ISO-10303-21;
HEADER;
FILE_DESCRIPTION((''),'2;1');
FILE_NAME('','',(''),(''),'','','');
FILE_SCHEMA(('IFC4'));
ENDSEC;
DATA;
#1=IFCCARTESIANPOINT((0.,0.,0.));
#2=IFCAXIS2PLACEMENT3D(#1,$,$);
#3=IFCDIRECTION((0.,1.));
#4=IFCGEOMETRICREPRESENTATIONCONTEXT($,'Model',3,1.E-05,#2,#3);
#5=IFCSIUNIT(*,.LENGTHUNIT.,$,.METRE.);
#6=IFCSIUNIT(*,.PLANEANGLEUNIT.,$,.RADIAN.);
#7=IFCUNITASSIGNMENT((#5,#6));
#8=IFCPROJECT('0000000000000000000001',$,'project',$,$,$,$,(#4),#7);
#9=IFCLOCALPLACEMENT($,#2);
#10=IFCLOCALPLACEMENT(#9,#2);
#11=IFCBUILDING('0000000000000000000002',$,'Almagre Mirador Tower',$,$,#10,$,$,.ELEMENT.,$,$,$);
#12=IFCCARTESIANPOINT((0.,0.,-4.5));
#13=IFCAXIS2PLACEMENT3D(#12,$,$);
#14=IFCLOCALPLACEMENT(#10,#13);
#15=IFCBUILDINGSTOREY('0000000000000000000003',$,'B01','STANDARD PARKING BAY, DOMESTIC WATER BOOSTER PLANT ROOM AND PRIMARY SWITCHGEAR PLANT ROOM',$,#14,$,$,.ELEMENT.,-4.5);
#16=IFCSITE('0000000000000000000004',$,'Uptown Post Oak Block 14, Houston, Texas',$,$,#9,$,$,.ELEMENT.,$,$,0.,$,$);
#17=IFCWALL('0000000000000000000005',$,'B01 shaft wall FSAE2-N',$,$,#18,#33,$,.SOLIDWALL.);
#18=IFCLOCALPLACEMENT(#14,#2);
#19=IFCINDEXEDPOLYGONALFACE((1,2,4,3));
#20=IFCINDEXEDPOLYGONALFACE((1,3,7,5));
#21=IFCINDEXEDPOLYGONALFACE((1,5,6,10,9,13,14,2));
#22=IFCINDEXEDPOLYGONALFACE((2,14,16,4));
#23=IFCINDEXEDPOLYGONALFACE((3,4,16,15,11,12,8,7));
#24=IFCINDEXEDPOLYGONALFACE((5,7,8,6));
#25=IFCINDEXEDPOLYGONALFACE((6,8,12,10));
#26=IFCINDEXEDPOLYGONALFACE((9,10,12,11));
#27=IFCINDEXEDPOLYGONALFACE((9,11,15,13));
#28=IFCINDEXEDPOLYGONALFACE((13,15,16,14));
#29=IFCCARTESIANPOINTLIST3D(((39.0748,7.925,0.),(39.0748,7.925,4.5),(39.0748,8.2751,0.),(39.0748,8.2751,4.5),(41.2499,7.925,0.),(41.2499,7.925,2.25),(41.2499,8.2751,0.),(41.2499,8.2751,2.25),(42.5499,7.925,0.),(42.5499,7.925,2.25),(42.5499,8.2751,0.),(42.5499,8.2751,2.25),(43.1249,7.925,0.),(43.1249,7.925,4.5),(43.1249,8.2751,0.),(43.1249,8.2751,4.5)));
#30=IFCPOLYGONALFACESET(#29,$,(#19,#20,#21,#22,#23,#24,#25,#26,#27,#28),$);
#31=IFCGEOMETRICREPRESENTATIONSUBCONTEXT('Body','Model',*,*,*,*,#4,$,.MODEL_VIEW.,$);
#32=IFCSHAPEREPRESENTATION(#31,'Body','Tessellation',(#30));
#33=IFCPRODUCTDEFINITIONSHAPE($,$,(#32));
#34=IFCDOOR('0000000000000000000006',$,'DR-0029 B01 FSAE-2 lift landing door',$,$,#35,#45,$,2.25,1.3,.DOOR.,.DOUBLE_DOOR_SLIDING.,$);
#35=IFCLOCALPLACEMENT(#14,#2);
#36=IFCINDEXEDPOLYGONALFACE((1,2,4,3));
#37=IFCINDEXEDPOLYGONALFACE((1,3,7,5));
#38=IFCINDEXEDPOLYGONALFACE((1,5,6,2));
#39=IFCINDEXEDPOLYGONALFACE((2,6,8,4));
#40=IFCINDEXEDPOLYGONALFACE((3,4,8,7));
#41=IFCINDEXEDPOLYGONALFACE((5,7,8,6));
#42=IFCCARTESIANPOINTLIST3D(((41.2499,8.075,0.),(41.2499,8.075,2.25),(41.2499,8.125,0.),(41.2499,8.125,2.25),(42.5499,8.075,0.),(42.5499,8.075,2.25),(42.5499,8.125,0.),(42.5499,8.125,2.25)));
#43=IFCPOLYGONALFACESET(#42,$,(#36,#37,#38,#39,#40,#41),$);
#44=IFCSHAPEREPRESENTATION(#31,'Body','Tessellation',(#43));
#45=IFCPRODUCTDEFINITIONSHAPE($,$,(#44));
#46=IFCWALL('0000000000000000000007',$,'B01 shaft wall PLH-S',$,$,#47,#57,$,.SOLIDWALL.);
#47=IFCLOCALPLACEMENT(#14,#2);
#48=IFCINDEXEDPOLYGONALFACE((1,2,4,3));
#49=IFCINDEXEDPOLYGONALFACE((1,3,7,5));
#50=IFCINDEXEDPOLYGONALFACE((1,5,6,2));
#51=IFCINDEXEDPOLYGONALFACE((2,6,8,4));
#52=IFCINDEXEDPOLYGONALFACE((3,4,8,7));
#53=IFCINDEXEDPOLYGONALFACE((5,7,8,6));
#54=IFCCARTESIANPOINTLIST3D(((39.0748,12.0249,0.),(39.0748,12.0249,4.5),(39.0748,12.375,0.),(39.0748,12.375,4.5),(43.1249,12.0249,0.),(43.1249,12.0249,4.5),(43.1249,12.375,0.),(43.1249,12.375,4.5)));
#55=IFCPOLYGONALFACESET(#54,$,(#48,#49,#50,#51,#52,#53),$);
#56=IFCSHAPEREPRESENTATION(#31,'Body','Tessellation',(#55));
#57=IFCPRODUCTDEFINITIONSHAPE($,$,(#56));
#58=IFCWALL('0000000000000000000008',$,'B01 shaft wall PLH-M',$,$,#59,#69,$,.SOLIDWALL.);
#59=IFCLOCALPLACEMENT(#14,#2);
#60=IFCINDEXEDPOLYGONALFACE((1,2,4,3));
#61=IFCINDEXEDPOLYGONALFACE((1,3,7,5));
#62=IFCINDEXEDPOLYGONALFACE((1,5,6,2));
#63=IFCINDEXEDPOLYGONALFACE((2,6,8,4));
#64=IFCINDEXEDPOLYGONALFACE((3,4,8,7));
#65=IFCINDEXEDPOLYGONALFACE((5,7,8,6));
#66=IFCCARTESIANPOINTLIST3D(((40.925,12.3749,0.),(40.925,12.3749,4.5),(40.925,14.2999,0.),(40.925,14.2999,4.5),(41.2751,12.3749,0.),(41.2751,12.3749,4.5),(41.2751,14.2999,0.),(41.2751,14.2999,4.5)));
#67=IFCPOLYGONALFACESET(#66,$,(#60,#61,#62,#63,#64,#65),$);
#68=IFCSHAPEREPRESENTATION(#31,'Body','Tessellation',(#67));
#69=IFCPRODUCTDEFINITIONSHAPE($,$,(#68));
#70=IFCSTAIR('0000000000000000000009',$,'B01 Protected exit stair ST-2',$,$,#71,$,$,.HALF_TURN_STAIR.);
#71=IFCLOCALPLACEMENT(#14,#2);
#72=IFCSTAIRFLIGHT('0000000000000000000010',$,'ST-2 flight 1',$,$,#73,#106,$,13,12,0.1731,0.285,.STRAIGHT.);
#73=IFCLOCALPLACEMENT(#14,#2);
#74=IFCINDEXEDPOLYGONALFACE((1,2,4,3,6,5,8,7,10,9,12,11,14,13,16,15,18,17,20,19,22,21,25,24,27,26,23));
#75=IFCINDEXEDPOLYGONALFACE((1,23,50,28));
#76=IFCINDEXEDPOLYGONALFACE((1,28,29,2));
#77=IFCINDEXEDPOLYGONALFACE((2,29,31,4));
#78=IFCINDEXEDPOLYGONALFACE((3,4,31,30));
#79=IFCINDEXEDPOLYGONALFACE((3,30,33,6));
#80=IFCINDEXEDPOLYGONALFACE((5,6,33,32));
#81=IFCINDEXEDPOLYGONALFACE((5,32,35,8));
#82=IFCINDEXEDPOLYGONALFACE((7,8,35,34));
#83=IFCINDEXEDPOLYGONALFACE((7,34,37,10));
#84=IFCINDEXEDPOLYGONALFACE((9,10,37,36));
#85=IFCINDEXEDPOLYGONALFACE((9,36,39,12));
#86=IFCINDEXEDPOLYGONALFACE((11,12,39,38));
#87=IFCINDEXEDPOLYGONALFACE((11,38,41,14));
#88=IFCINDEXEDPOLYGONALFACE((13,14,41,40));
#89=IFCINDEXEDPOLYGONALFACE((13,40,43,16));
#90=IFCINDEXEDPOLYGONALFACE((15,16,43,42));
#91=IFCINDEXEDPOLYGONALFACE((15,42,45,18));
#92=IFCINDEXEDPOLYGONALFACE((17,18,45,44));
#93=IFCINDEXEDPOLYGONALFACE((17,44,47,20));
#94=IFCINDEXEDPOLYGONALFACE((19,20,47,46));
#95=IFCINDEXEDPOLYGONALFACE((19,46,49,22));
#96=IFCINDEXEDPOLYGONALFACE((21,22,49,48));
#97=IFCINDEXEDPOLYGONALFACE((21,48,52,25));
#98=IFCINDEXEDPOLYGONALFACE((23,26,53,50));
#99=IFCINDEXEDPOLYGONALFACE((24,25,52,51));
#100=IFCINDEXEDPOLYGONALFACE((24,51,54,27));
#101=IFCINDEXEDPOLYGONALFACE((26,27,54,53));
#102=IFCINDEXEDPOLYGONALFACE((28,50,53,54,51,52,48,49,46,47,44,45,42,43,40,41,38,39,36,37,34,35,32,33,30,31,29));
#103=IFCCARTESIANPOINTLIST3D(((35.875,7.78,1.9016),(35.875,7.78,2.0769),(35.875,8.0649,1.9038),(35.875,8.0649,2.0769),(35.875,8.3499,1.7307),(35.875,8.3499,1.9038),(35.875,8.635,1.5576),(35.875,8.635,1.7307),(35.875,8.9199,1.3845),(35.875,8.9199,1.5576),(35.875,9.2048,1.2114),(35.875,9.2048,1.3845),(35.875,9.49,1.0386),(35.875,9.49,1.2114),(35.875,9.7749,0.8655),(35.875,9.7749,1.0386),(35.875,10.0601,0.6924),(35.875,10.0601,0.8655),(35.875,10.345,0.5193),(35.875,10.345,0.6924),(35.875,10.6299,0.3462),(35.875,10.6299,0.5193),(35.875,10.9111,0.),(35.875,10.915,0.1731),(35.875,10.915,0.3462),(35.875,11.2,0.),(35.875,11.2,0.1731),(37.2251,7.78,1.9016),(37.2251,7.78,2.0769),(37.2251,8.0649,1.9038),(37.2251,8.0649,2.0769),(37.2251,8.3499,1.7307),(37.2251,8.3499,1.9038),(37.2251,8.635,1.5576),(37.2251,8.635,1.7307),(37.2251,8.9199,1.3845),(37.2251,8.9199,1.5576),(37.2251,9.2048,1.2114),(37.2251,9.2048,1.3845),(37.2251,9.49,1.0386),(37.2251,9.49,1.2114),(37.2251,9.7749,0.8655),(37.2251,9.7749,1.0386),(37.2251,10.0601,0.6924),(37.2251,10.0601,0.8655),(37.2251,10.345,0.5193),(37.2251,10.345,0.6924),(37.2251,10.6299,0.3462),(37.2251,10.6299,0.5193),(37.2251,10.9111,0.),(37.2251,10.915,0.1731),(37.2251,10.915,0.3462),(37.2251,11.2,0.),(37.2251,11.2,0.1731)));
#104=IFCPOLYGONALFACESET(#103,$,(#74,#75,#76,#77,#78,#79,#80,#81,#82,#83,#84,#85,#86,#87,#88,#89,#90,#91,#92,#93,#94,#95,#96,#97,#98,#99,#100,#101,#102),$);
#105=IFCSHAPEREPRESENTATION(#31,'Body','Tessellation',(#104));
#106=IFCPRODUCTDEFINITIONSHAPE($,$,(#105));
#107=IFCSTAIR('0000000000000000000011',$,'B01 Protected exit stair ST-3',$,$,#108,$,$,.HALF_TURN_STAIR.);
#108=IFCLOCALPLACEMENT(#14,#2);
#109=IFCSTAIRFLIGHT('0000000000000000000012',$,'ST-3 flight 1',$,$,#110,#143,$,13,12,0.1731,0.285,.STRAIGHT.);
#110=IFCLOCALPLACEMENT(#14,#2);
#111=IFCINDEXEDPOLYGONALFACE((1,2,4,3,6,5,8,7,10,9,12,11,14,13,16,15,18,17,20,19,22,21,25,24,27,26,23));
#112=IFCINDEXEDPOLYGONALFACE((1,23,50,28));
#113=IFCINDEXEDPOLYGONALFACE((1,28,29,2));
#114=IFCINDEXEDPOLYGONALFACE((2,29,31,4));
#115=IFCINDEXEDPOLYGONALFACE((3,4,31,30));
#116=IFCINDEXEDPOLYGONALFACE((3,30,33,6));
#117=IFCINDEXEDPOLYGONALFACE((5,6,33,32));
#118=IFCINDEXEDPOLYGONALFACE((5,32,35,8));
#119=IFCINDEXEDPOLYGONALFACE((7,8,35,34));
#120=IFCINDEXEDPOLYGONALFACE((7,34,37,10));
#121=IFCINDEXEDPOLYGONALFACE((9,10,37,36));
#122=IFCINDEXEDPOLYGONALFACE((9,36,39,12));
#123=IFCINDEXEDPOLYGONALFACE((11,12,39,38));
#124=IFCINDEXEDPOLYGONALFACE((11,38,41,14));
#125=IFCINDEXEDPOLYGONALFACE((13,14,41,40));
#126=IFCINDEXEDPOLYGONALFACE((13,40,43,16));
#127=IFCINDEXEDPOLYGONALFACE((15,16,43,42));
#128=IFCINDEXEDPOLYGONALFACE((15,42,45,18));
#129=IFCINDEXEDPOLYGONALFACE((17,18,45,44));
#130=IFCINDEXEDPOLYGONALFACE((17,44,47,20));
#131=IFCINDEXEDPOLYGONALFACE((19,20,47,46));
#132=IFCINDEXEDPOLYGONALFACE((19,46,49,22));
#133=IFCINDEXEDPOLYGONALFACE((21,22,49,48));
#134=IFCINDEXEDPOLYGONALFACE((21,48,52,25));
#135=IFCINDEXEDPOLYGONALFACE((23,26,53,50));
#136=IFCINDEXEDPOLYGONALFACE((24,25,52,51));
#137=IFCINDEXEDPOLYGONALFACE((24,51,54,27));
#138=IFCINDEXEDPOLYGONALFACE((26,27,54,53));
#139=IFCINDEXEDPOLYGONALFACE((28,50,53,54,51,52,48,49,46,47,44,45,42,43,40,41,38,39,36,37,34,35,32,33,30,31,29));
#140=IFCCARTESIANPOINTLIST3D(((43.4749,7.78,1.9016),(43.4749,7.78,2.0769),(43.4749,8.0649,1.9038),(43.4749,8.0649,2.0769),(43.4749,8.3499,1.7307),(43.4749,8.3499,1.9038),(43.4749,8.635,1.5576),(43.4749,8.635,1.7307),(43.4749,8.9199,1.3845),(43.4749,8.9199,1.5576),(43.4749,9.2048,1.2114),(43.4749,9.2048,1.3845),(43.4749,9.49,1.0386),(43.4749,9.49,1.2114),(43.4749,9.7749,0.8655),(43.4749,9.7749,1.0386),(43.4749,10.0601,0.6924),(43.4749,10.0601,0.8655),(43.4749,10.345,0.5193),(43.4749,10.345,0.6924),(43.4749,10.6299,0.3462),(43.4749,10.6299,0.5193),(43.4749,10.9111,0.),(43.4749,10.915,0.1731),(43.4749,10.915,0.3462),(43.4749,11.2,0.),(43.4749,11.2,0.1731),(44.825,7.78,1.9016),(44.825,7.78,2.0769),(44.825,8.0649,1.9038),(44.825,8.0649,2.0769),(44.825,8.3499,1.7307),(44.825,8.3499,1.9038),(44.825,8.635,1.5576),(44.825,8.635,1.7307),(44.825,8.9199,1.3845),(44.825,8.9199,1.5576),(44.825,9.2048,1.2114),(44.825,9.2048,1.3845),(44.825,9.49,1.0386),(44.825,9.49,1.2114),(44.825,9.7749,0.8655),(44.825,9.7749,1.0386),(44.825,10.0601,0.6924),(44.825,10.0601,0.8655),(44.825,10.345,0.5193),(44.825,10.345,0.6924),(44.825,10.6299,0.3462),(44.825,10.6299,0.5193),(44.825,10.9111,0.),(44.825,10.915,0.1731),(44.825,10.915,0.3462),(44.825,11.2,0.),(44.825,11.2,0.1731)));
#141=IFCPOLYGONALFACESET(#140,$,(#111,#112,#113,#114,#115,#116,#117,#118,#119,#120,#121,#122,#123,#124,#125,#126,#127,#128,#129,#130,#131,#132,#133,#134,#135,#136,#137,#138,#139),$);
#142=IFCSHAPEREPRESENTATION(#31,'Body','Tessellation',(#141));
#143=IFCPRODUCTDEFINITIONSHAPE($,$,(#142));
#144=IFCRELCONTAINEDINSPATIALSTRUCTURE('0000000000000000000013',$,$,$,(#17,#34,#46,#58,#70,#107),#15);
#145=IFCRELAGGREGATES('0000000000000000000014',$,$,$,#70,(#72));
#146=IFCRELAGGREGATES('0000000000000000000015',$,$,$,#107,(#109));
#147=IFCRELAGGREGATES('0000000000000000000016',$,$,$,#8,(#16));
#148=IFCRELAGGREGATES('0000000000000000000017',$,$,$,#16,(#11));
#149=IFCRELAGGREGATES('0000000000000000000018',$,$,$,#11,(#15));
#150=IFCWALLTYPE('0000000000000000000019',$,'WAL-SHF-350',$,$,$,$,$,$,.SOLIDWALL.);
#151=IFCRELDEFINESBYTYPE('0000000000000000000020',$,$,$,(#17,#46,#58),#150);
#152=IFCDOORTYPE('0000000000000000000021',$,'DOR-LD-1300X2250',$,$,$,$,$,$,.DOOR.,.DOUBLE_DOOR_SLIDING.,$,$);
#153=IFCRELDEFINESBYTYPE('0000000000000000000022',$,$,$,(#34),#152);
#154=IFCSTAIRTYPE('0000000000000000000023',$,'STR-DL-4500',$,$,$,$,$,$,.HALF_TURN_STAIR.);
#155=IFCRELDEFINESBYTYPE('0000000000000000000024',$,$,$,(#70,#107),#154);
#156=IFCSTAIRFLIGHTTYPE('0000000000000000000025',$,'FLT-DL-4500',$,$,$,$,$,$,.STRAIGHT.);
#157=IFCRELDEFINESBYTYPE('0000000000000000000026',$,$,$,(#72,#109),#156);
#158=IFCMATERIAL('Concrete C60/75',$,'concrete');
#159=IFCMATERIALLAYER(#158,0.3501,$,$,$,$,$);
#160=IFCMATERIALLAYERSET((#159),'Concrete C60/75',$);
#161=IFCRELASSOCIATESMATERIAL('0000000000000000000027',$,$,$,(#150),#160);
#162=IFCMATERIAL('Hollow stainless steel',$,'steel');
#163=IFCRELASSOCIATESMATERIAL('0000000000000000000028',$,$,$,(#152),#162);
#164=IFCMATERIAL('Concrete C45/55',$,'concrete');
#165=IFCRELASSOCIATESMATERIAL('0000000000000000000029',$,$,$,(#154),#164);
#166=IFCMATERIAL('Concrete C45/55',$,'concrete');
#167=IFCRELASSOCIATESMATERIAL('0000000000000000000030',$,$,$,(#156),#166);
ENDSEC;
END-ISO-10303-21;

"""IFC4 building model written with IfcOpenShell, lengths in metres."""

from ifc_helpers import new_model, si_unit, direction, frame, frame_2d, origin, place, context, subcontext, project, spatial, polyline, rectangle, outline, extrude, material, layer, layer_set, type_object, element, fill, aggregate, save


model = new_model("IFC4")

# Units and contexts
model_context = context("Model", 3, precision=1e-05, world=origin(), true_north=direction((0.0, 1.0)))
body_context = subcontext(model_context, "Body", "Model", "MODEL_VIEW")
ifc_project = project(units=[si_unit("LENGTHUNIT", "METRE"), si_unit("PLANEANGLEUNIT", "RADIAN")], contexts=[model_context])

# Site, building, storey
site_placement = place(None, origin())
site = spatial("IfcSite", under=ifc_project, at=site_placement, Name="Uptown Post Oak Block 14, Houston, Texas", CompositionType="ELEMENT", RefElevation=0.0)
building_placement = place(site_placement, origin())
building = spatial("IfcBuilding", under=site, at=building_placement, Name="Almagre Mirador Tower", CompositionType="ELEMENT")
storey_placement = place(building_placement, frame((0.0, 0.0, -4.5)))
storey = spatial("IfcBuildingStorey", under=building, at=storey_placement, Name="B01", Description="STANDARD PARKING BAY, DOMESTIC WATER BOOSTER PLANT ROOM AND PRIMARY SWITCHGEAR PLANT ROOM", CompositionType="ELEMENT", Elevation=-4.5)

# Wall, opening, door
ifc_material_1 = material(Name="Concrete C60/75", Category="concrete")
ifc_layer_1 = layer(ifc_material_1, 0.3501)
ifc_layer_set_1 = layer_set([ifc_layer_1], Name="Concrete C60/75")
wall_type_1 = type_object("IfcWallType", Name="WAL-SHF-350", PredefinedType="SOLIDWALL", material=ifc_layer_set_1)
wall_1_placement = place(storey_placement, frame((39.075, 8.1001, 0.0), z_axis=(0.0, 0.0, 1.0), x_axis=(1.0, 0.0, 0.0)))
wall_1 = element("IfcWall", 1, at=wall_1_placement, inside=storey, type_object=wall_type_1, Name="B01 shaft wall FSAE2-N", PredefinedType="SOLIDWALL", context=body_context, shape_type="SweptSolid", body=[
    extrude(rectangle(XDim=4.05, YDim=0.3501, at=frame_2d((2.0249, 0.0))), origin(), (0.0, 0.0, 1.0), 4.5),
])
opening_1_placement = place(wall_1_placement, frame((2.175, 0.0, 0.0)))
opening_1 = element("IfcOpeningElement", 2, at=opening_1_placement, cuts=wall_1, PredefinedType="OPENING", context=body_context, shape_type="SweptSolid", body=[
    extrude(rectangle(XDim=1.3, YDim=2.25, at=frame_2d((0.6499, 1.125))), frame((0.0, 0.185, 0.0), z_axis=(0.0, -1.0, 0.0), x_axis=(1.0, 0.0, 0.0)), (0.0, 0.0, 1.0), 0.3701),
])
ifc_material_2 = material(Name="Hollow stainless steel", Category="steel")
door_type_1 = type_object("IfcDoorType", Name="DOR-LD-1300X2250", OperationType="DOUBLE_DOOR_SLIDING", PredefinedType="DOOR", material=ifc_material_2)
door_1_placement = place(opening_1_placement, origin())
door_1 = element("IfcDoor", 3, at=door_1_placement, inside=storey, type_object=door_type_1, Name="DR-0029 B01 FSAE-2 lift landing door", OperationType="DOUBLE_DOOR_SLIDING", OverallHeight=2.25, OverallWidth=1.3, PredefinedType="DOOR", context=body_context, shape_type="SweptSolid", body=[
    extrude(rectangle(XDim=1.3, YDim=2.25, at=frame_2d((0.6499, 1.125))), frame((0.0, 0.0249, 0.0), z_axis=(0.0, -1.0, 0.0), x_axis=(1.0, 0.0, 0.0)), (0.0, 0.0, 1.0), 0.05),
])
fill(opening_1, door_1)

# Walls
wall_2_placement = place(storey_placement, frame((39.075, 12.2, 0.0), z_axis=(0.0, 0.0, 1.0), x_axis=(1.0, 0.0, 0.0)))
element("IfcWall", 4, at=wall_2_placement, inside=storey, type_object=wall_type_1, Name="B01 shaft wall PLH-S", PredefinedType="SOLIDWALL", context=body_context, shape_type="SweptSolid", body=[
    extrude(rectangle(XDim=4.05, YDim=0.3501, at=frame_2d((2.0249, 0.0))), origin(), (0.0, 0.0, 1.0), 4.5),
])
wall_3_placement = place(storey_placement, frame((41.1001, 12.375, 0.0), z_axis=(0.0, 0.0, 1.0), x_axis=(0.0, 1.0, 0.0)))
element("IfcWall", 5, at=wall_3_placement, inside=storey, type_object=wall_type_1, Name="B01 shaft wall PLH-M", PredefinedType="SOLIDWALL", context=body_context, shape_type="SweptSolid", body=[
    extrude(rectangle(XDim=1.925, YDim=0.3501, at=frame_2d((0.9624, 0.0))), origin(), (0.0, 0.0, 1.0), 4.5),
])

# Stairs, stair flights
ifc_material_3 = material(Name="Concrete C45/55", Category="concrete")
stair_type = type_object("IfcStairType", Name="STR-DL-4500", PredefinedType="HALF_TURN_STAIR", material=ifc_material_3)
stair_1_placement = place(storey_placement, origin())
stair_1 = element("IfcStair", 6, at=stair_1_placement, inside=storey, type_object=stair_type, Name="B01 Protected exit stair ST-2", PredefinedType="HALF_TURN_STAIR")
ifc_material_4 = material(Name="Concrete C45/55", Category="concrete")
stair_flight_type = type_object("IfcStairFlightType", Name="FLT-DL-4500", PredefinedType="STRAIGHT", material=ifc_material_4)
stair_flight_1_placement = place(storey_placement, frame((36.55, 11.2, 0.0), z_axis=(0.0, 0.0, 1.0), x_axis=(0.0, -1.0, 0.0)))
stair_flight_1 = element("IfcStairFlight", 7, at=stair_flight_1_placement, type_object=stair_flight_type, Name="ST-2 flight 1", NumberOfRisers=13, NumberOfTreads=12, PredefinedType="STRAIGHT", RiserHeight=0.1731, TreadLength=0.285, context=body_context, shape_type="SweptSolid", body=[
    extrude(outline(polyline([(0.0, 0.0), (0.0, 0.1731), (0.2849, 0.1731), (0.2849, 0.3462), (0.5701, 0.3462), (0.5701, 0.5193), (0.855, 0.5193), (0.855, 0.6924), (1.1399, 0.6924), (1.1399, 0.8655), (1.425, 0.8655), (1.425, 1.0386), (1.71, 1.0386), (1.71, 1.2114), (1.9951, 1.2114), (1.9951, 1.3845), (2.28, 1.3845), (2.28, 1.5576), (2.5649, 1.5576), (2.5649, 1.7307), (2.8501, 1.7307), (2.8501, 1.9038), (3.135, 1.9038), (3.135, 2.0769), (3.4199, 2.0769), (3.4199, 2.25), (3.4199, 1.9016), (0.2888, 0.0), (0.0, 0.0)])), frame((0.0, 0.675, 0.0), z_axis=(0.0, -1.0, 0.0), x_axis=(1.0, 0.0, 0.0)), (0.0, 0.0, 1.0), 1.3501),
])
aggregate(stair_1, [stair_flight_1])
stair_2_placement = place(storey_placement, origin())
stair_2 = element("IfcStair", 8, at=stair_2_placement, inside=storey, type_object=stair_type, Name="B01 Protected exit stair ST-3", PredefinedType="HALF_TURN_STAIR")
stair_flight_2_placement = place(storey_placement, frame((44.1499, 11.2, 0.0), z_axis=(0.0, 0.0, 1.0), x_axis=(0.0, -1.0, 0.0)))
stair_flight_2 = element("IfcStairFlight", 9, at=stair_flight_2_placement, type_object=stair_flight_type, Name="ST-3 flight 1", NumberOfRisers=13, NumberOfTreads=12, PredefinedType="STRAIGHT", RiserHeight=0.1731, TreadLength=0.285, context=body_context, shape_type="SweptSolid", body=[
    extrude(outline(polyline([(0.0, 0.0), (0.0, 0.1731), (0.2849, 0.1731), (0.2849, 0.3462), (0.5701, 0.3462), (0.5701, 0.5193), (0.855, 0.5193), (0.855, 0.6924), (1.1399, 0.6924), (1.1399, 0.8655), (1.425, 0.8655), (1.425, 1.0386), (1.71, 1.0386), (1.71, 1.2114), (1.9951, 1.2114), (1.9951, 1.3845), (2.28, 1.3845), (2.28, 1.5576), (2.5649, 1.5576), (2.5649, 1.7307), (2.8501, 1.7307), (2.8501, 1.9038), (3.135, 1.9038), (3.135, 2.0769), (3.4199, 2.0769), (3.4199, 2.25), (3.4199, 1.9016), (0.2888, 0.0), (0.0, 0.0)])), frame((0.0, 0.675, 0.0), z_axis=(0.0, -1.0, 0.0), x_axis=(1.0, 0.0, 0.0)), (0.0, 0.0, 1.0), 1.3501),
])
aggregate(stair_2, [stair_flight_2])

save(model, "model.ifc")
